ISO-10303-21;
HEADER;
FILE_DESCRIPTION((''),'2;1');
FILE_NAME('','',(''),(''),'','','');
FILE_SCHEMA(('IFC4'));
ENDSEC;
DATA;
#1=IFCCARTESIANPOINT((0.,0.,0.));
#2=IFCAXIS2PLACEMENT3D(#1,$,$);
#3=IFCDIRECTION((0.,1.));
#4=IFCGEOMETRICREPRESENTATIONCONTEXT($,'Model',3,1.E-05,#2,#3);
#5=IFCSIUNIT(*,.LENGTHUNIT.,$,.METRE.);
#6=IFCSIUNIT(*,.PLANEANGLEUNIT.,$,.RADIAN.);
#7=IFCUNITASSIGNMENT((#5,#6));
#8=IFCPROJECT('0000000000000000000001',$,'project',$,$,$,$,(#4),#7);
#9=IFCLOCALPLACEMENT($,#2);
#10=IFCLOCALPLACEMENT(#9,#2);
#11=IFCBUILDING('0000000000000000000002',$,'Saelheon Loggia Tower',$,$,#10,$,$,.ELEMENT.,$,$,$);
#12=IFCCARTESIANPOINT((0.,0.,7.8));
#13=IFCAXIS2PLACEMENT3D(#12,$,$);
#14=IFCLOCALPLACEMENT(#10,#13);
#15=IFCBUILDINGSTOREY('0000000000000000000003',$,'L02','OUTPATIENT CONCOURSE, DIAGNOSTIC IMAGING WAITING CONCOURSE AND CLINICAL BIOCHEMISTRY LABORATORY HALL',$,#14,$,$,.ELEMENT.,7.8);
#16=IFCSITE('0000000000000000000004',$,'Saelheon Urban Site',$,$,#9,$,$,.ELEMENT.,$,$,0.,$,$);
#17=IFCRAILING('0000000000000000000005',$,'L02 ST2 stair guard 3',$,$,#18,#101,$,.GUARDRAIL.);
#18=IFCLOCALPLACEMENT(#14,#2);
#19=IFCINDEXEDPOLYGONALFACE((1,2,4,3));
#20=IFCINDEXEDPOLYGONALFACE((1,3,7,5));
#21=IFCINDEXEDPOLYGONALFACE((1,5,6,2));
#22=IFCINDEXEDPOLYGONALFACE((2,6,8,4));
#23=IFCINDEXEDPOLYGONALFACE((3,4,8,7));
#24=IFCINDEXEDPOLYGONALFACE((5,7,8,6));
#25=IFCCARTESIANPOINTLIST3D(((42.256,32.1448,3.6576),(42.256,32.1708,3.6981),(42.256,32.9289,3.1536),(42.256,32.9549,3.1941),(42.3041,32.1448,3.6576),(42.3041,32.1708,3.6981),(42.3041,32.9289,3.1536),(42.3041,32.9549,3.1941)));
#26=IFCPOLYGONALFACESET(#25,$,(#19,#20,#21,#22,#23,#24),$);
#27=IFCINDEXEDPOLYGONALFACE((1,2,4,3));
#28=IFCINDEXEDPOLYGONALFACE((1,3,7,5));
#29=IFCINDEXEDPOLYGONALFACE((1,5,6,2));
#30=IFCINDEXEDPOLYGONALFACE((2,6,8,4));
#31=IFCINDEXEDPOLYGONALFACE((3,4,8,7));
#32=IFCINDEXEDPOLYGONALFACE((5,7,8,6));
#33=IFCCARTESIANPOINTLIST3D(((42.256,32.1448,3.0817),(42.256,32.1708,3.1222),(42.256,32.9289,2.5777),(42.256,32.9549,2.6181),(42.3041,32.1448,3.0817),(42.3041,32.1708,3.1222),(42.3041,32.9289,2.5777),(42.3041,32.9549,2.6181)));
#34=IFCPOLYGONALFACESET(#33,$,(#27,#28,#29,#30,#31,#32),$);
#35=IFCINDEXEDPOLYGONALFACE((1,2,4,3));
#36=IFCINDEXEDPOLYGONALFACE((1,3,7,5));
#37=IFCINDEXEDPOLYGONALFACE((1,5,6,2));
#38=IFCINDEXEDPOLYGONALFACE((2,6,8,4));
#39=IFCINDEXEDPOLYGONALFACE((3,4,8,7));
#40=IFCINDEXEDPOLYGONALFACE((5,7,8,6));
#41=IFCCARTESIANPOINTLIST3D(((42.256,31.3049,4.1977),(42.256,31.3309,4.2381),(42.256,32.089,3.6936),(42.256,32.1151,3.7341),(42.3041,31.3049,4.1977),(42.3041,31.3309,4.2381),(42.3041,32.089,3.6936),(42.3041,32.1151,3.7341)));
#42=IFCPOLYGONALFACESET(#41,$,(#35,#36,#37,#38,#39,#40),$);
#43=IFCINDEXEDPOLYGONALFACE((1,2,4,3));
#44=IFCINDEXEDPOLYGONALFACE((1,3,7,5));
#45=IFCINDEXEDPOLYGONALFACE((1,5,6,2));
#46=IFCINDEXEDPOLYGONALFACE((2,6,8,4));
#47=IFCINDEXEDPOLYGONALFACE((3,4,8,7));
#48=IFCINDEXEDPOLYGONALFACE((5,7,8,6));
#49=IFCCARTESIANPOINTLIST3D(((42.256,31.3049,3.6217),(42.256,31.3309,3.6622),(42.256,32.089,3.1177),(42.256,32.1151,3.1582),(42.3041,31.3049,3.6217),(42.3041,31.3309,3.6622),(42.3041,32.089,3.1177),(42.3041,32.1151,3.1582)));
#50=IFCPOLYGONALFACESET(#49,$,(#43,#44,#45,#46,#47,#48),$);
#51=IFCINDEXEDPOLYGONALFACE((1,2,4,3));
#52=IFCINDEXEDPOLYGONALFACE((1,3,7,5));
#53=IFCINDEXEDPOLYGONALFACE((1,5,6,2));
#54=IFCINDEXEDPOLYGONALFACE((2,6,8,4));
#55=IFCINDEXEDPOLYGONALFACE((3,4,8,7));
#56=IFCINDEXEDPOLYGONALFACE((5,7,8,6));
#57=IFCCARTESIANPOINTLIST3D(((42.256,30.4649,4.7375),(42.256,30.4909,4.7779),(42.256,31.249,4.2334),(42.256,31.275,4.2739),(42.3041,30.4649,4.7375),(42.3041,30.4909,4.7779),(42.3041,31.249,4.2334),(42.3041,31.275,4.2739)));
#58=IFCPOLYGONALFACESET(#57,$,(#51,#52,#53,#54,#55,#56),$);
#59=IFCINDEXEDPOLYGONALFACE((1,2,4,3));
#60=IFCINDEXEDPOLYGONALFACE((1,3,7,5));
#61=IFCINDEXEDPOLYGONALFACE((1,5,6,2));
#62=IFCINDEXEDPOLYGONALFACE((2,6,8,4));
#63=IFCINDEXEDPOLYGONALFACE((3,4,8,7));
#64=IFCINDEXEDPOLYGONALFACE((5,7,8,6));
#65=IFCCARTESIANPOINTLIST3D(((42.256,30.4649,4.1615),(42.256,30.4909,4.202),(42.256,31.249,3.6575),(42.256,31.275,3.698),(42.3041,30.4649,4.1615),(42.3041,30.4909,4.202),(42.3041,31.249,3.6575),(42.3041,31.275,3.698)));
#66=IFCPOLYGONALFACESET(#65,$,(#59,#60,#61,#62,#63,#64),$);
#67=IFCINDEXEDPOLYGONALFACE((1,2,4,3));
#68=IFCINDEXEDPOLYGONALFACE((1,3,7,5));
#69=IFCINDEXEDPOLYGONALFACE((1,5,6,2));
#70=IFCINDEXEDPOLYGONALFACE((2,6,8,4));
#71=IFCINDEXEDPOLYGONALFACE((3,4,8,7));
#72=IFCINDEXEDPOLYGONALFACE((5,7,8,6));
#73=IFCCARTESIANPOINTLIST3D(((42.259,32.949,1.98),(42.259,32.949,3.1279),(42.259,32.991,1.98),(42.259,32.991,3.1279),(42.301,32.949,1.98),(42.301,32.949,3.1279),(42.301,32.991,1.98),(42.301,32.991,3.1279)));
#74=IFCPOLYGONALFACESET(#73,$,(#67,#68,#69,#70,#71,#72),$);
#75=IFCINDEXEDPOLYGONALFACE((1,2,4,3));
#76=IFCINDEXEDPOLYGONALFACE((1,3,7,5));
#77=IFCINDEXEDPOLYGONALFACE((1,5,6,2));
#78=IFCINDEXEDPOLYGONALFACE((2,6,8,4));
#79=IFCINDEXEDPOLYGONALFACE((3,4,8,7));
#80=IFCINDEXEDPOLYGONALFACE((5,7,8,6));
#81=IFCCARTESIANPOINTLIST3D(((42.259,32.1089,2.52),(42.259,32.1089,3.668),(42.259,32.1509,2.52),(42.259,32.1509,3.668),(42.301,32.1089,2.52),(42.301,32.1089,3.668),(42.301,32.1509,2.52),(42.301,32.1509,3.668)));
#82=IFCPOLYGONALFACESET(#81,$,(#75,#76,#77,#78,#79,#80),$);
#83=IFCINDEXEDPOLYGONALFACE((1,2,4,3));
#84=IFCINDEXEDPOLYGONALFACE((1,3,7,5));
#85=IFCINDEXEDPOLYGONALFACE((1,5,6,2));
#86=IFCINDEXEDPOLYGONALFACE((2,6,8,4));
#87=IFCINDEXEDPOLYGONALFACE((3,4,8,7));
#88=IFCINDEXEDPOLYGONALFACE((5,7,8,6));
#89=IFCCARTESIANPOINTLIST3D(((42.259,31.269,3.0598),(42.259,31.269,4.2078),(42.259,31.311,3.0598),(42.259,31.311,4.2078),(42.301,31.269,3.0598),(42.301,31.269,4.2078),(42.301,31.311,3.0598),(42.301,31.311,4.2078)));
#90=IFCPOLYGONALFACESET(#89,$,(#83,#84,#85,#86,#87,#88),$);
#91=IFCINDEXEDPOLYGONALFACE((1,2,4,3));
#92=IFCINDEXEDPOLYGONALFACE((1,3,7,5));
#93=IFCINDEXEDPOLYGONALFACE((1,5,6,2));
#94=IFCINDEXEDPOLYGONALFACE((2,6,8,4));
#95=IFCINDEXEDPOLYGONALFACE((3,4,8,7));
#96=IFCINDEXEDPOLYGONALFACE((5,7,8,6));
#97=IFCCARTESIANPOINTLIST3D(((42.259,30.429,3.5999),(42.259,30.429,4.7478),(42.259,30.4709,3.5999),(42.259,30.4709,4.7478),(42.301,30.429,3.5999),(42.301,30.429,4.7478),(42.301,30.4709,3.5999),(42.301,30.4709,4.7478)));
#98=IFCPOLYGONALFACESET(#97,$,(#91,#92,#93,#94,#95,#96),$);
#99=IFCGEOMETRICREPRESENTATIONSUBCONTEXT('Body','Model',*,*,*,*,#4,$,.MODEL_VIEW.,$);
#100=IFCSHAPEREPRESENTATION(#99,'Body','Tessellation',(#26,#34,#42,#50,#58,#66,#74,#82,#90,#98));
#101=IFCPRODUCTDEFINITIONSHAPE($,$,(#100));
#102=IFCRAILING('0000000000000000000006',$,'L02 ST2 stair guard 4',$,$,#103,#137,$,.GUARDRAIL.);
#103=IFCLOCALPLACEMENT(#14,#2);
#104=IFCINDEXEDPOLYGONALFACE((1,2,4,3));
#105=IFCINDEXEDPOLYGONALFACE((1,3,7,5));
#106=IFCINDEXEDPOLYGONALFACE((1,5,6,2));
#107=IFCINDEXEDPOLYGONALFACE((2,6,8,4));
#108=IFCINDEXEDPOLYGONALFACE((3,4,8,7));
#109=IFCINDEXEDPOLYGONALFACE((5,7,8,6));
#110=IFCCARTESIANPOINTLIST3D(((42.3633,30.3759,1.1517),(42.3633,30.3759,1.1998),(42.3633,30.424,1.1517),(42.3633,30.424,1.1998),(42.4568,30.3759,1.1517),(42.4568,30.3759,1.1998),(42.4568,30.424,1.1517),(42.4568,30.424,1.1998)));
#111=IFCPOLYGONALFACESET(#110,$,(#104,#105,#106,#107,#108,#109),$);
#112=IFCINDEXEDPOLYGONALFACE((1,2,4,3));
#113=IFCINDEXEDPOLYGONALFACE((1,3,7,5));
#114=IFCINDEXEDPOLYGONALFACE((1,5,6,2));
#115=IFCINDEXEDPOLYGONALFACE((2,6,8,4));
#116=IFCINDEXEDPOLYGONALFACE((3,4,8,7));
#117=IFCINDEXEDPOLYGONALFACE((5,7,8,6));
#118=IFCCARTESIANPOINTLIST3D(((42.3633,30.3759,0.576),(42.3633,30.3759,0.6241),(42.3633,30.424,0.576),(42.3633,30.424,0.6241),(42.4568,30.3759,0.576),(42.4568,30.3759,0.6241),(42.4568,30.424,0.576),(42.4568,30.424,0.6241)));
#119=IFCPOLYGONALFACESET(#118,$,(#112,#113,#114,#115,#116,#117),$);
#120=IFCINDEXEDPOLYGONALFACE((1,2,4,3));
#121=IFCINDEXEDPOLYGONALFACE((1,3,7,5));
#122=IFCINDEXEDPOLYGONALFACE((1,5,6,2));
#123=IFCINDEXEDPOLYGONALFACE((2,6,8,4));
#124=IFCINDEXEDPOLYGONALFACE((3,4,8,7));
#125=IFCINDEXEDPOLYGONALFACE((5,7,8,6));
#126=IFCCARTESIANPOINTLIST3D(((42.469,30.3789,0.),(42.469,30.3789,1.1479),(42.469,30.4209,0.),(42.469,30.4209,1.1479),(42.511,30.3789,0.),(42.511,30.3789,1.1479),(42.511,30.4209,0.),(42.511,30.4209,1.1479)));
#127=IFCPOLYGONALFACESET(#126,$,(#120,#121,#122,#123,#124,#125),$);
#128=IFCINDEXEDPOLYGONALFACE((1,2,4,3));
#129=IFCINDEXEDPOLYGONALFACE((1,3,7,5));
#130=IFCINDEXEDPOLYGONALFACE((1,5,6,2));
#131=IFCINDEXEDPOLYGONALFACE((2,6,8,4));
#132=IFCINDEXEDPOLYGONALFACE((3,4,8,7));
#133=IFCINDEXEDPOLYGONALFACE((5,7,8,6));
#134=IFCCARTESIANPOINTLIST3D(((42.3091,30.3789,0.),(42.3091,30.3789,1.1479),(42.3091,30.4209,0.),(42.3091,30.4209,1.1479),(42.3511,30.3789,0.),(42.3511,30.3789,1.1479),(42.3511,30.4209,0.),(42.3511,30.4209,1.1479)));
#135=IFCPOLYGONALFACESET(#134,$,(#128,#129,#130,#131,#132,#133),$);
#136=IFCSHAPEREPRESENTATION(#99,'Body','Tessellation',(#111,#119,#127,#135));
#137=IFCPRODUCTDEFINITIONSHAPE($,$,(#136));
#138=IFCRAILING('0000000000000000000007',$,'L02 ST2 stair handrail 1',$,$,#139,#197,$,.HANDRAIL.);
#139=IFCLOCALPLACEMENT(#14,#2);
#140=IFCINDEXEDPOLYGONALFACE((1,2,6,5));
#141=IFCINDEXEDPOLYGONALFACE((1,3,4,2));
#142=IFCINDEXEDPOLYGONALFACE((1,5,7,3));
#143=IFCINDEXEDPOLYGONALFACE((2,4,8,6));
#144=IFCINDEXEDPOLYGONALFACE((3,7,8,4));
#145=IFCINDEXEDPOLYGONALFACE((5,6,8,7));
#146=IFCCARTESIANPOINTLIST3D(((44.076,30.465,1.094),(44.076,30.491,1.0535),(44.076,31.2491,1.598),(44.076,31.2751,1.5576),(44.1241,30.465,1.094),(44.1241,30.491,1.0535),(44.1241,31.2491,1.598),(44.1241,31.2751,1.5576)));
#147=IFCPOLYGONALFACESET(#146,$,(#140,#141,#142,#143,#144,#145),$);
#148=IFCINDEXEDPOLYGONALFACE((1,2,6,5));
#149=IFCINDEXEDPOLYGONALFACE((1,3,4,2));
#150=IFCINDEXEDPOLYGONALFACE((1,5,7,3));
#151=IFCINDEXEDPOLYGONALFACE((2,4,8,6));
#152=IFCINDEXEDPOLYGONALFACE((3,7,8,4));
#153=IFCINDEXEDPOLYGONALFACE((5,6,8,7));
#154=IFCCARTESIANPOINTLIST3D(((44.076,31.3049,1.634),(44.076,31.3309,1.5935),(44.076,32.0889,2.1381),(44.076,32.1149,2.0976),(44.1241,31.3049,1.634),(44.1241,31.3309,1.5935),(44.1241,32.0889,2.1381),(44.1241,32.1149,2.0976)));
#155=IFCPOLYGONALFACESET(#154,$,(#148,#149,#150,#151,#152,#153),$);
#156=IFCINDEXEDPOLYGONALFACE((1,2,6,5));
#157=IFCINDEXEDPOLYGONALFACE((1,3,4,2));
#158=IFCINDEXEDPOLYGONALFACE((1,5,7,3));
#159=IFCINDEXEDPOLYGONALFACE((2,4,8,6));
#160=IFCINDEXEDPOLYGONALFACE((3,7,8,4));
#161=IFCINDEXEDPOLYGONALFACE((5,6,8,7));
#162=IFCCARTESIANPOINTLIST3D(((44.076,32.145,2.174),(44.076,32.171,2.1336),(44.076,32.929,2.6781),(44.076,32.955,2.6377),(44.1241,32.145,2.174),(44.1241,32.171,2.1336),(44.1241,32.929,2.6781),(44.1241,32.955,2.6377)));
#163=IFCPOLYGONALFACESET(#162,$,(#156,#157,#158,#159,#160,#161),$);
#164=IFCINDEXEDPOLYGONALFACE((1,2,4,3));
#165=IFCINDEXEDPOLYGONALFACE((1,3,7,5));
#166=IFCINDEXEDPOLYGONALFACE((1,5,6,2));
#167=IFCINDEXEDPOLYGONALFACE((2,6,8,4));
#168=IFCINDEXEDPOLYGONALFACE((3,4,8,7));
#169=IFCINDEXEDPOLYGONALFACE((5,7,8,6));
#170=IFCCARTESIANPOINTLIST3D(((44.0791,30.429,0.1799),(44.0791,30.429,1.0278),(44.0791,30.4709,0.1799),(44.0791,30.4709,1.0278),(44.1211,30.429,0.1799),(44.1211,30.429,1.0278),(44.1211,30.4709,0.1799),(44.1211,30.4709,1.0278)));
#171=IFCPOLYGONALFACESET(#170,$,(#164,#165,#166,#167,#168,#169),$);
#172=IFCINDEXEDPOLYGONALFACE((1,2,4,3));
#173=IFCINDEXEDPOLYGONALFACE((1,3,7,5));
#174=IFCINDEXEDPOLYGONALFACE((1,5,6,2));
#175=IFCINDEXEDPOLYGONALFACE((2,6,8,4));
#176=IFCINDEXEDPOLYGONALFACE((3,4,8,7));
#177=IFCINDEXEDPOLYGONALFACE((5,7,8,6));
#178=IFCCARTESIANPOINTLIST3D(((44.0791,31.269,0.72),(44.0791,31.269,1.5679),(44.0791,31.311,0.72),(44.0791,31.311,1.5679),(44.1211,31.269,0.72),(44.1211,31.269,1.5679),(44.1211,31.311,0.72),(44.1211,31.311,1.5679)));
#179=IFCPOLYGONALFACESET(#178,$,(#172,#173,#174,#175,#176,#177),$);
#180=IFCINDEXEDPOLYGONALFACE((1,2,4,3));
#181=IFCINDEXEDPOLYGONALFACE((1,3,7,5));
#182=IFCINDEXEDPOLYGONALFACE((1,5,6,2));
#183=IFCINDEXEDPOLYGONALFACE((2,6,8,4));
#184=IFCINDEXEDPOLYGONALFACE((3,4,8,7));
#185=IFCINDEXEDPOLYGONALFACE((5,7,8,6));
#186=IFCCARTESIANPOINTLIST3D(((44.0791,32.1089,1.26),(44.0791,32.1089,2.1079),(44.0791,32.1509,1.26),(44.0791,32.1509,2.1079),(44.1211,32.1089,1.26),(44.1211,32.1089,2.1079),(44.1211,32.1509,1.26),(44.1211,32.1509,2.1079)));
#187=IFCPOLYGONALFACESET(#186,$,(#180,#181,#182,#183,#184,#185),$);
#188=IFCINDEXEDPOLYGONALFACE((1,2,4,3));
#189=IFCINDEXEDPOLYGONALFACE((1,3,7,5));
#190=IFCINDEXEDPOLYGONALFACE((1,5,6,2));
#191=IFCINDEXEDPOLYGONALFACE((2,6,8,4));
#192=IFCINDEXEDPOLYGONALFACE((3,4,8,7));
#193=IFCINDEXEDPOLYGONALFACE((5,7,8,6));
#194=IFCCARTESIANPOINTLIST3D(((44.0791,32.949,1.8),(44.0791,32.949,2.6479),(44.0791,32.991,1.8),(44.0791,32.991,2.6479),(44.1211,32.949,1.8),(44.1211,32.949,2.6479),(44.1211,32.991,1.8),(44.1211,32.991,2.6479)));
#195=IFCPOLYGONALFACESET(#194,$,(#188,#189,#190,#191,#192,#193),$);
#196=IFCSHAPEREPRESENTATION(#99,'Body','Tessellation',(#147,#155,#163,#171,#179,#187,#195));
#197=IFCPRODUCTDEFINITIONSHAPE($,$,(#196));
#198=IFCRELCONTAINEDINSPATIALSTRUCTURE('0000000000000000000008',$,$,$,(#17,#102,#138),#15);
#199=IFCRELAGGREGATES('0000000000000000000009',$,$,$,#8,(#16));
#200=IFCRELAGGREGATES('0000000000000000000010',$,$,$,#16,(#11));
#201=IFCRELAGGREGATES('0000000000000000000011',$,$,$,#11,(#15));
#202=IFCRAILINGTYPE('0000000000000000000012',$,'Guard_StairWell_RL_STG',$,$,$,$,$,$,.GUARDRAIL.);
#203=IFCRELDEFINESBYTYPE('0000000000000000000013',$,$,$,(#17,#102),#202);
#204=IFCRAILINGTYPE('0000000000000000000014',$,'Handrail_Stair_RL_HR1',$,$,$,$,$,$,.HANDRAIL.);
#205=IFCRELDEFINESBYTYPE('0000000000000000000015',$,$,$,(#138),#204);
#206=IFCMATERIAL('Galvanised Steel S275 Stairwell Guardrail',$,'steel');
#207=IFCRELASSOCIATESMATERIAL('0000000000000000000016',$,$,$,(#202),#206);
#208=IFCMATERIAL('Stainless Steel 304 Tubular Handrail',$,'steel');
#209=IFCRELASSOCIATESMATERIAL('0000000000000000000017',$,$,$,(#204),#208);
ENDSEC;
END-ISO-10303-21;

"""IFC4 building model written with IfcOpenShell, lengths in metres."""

from ifc_helpers import new_model, si_unit, direction, frame, origin, origin_2d, place, context, subcontext, project, spatial, rectangle, extrude, material, type_object, element, save


model = new_model("IFC4")

# Units and contexts
model_context = context("Model", 3, precision=1e-05, world=origin(), true_north=direction((0.0, 1.0)))
body_context = subcontext(model_context, "Body", "Model", "MODEL_VIEW")
ifc_project = project(units=[si_unit("LENGTHUNIT", "METRE"), si_unit("PLANEANGLEUNIT", "RADIAN")], contexts=[model_context])

# Site, building, storey
site_placement = place(None, origin())
site = spatial("IfcSite", under=ifc_project, at=site_placement, Name="Saelheon Urban Site", CompositionType="ELEMENT", RefElevation=0.0)
building_placement = place(site_placement, origin())
building = spatial("IfcBuilding", under=site, at=building_placement, Name="Saelheon Loggia Tower", CompositionType="ELEMENT")
storey_placement = place(building_placement, frame((0.0, 0.0, 7.8)))
storey = spatial("IfcBuildingStorey", under=building, at=storey_placement, Name="L02", Description="OUTPATIENT CONCOURSE, DIAGNOSTIC IMAGING WAITING CONCOURSE AND CLINICAL BIOCHEMISTRY LABORATORY HALL", CompositionType="ELEMENT", Elevation=7.8)

# Railings
ifc_material_1 = material(Name="Galvanised Steel S275 Stairwell Guardrail", Category="steel")
railing_type_1 = type_object("IfcRailingType", Name="Guard_StairWell_RL_STG", PredefinedType="GUARDRAIL", material=ifc_material_1)
railing_1_placement = place(storey_placement, frame((42.28, 32.97, 1.98)))
element("IfcRailing", 1, at=railing_1_placement, inside=storey, type_object=railing_type_1, Name="L02 ST2 stair guard 3", PredefinedType="GUARDRAIL", context=body_context, shape_type="SweptSolid", body=[
    extrude(rectangle(XDim=0.0481, YDim=0.0481, at=origin_2d()), frame((0.0, -0.0281, 1.1938), z_axis=(0.0, -0.8412, 0.540725), x_axis=(1.0, 0.0, 0.0)), (0.0, 0.0, 1.0), 0.9321),
    extrude(rectangle(XDim=0.0481, YDim=0.0481, at=origin_2d()), frame((0.0, -0.0281, 0.6179), z_axis=(0.0, -0.8412, 0.540725), x_axis=(1.0, 0.0, 0.0)), (0.0, 0.0, 1.0), 0.9321),
    extrude(rectangle(XDim=0.0481, YDim=0.0481, at=origin_2d()), frame((0.0, -0.8679, 1.7339), z_axis=(0.0, -0.8412, 0.540725), x_axis=(1.0, 0.0, 0.0)), (0.0, 0.0, 1.0), 0.9321),
    extrude(rectangle(XDim=0.0481, YDim=0.0481, at=origin_2d()), frame((0.0, -0.8679, 1.158), z_axis=(0.0, -0.8412, 0.540725), x_axis=(1.0, 0.0, 0.0)), (0.0, 0.0, 1.0), 0.9321),
    extrude(rectangle(XDim=0.0481, YDim=0.0481, at=origin_2d()), frame((0.0, -1.708, 2.2737), z_axis=(0.0, -0.8412, 0.540725), x_axis=(1.0, 0.0, 0.0)), (0.0, 0.0, 1.0), 0.9321),
    extrude(rectangle(XDim=0.0481, YDim=0.0481, at=origin_2d()), frame((0.0, -1.708, 1.6978), z_axis=(0.0, -0.8412, 0.540725), x_axis=(1.0, 0.0, 0.0)), (0.0, 0.0, 1.0), 0.9321),
    extrude(rectangle(XDim=0.042, YDim=0.042, at=origin_2d()), origin(), (0.0, 0.0, 1.0), 1.1479),
    extrude(rectangle(XDim=0.042, YDim=0.042, at=origin_2d()), frame((0.0, -0.8401, 0.54)), (0.0, 0.0, 1.0), 1.1479),
    extrude(rectangle(XDim=0.042, YDim=0.042, at=origin_2d()), frame((0.0, -1.6799, 1.0798)), (0.0, 0.0, 1.0), 1.1479),
    extrude(rectangle(XDim=0.042, YDim=0.042, at=origin_2d()), frame((0.0, -2.52, 1.6199)), (0.0, 0.0, 1.0), 1.1479),
])
railing_2_placement = place(storey_placement, frame((42.49, 30.3999, 0.0)))
element("IfcRailing", 2, at=railing_2_placement, inside=storey, type_object=railing_type_1, Name="L02 ST2 stair guard 4", PredefinedType="GUARDRAIL", context=body_context, shape_type="SweptSolid", body=[
    extrude(rectangle(XDim=0.0481, YDim=0.0481, at=origin_2d()), frame((-0.0332, 0.0, 1.1758), z_axis=(-1.0, 0.0, 0.0), x_axis=(0.0, -1.0, 0.0)), (0.0, 0.0, 1.0), 0.0935),
    extrude(rectangle(XDim=0.0481, YDim=0.0481, at=origin_2d()), frame((-0.0332, 0.0, 0.6001), z_axis=(-1.0, 0.0, 0.0), x_axis=(0.0, -1.0, 0.0)), (0.0, 0.0, 1.0), 0.0935),
    extrude(rectangle(XDim=0.042, YDim=0.042, at=origin_2d()), origin(), (0.0, 0.0, 1.0), 1.1479),
    extrude(rectangle(XDim=0.042, YDim=0.042, at=origin_2d()), frame((-0.1599, 0.0, 0.0)), (0.0, 0.0, 1.0), 1.1479),
])
ifc_material_2 = material(Name="Stainless Steel 304 Tubular Handrail", Category="steel")
railing_type_2 = type_object("IfcRailingType", Name="Handrail_Stair_RL_HR1", PredefinedType="HANDRAIL", material=ifc_material_2)
railing_3_placement = place(storey_placement, frame((44.1001, 30.45, 0.1799)))
element("IfcRailing", 3, at=railing_3_placement, inside=storey, type_object=railing_type_2, Name="L02 ST2 stair handrail 1", PredefinedType="HANDRAIL", context=body_context, shape_type="SweptSolid", body=[
    extrude(rectangle(XDim=0.0481, YDim=0.0481, at=origin_2d()), frame((0.0, 0.0281, 0.8938), z_axis=(0.0, 0.841163, 0.540782), x_axis=(-1.0, 0.0, 0.0)), (0.0, 0.0, 1.0), 0.9321),
    extrude(rectangle(XDim=0.0481, YDim=0.0481, at=origin_2d()), frame((0.0, 0.8679, 1.4338), z_axis=(0.0, 0.841163, 0.540782), x_axis=(-1.0, 0.0, 0.0)), (0.0, 0.0, 1.0), 0.9321),
    extrude(rectangle(XDim=0.0481, YDim=0.0481, at=origin_2d()), frame((0.0, 1.708, 1.9739), z_axis=(0.0, 0.841163, 0.540782), x_axis=(-1.0, 0.0, 0.0)), (0.0, 0.0, 1.0), 0.9321),
    extrude(rectangle(XDim=0.042, YDim=0.042, at=origin_2d()), origin(), (0.0, 0.0, 1.0), 0.8479),
    extrude(rectangle(XDim=0.042, YDim=0.042, at=origin_2d()), frame((0.0, 0.8401, 0.54)), (0.0, 0.0, 1.0), 0.8479),
    extrude(rectangle(XDim=0.042, YDim=0.042, at=origin_2d()), frame((0.0, 1.6799, 1.0801)), (0.0, 0.0, 1.0), 0.8479),
    extrude(rectangle(XDim=0.042, YDim=0.042, at=origin_2d()), frame((0.0, 2.52, 1.6201)), (0.0, 0.0, 1.0), 0.8479),
])

save(model, "model.ifc")
